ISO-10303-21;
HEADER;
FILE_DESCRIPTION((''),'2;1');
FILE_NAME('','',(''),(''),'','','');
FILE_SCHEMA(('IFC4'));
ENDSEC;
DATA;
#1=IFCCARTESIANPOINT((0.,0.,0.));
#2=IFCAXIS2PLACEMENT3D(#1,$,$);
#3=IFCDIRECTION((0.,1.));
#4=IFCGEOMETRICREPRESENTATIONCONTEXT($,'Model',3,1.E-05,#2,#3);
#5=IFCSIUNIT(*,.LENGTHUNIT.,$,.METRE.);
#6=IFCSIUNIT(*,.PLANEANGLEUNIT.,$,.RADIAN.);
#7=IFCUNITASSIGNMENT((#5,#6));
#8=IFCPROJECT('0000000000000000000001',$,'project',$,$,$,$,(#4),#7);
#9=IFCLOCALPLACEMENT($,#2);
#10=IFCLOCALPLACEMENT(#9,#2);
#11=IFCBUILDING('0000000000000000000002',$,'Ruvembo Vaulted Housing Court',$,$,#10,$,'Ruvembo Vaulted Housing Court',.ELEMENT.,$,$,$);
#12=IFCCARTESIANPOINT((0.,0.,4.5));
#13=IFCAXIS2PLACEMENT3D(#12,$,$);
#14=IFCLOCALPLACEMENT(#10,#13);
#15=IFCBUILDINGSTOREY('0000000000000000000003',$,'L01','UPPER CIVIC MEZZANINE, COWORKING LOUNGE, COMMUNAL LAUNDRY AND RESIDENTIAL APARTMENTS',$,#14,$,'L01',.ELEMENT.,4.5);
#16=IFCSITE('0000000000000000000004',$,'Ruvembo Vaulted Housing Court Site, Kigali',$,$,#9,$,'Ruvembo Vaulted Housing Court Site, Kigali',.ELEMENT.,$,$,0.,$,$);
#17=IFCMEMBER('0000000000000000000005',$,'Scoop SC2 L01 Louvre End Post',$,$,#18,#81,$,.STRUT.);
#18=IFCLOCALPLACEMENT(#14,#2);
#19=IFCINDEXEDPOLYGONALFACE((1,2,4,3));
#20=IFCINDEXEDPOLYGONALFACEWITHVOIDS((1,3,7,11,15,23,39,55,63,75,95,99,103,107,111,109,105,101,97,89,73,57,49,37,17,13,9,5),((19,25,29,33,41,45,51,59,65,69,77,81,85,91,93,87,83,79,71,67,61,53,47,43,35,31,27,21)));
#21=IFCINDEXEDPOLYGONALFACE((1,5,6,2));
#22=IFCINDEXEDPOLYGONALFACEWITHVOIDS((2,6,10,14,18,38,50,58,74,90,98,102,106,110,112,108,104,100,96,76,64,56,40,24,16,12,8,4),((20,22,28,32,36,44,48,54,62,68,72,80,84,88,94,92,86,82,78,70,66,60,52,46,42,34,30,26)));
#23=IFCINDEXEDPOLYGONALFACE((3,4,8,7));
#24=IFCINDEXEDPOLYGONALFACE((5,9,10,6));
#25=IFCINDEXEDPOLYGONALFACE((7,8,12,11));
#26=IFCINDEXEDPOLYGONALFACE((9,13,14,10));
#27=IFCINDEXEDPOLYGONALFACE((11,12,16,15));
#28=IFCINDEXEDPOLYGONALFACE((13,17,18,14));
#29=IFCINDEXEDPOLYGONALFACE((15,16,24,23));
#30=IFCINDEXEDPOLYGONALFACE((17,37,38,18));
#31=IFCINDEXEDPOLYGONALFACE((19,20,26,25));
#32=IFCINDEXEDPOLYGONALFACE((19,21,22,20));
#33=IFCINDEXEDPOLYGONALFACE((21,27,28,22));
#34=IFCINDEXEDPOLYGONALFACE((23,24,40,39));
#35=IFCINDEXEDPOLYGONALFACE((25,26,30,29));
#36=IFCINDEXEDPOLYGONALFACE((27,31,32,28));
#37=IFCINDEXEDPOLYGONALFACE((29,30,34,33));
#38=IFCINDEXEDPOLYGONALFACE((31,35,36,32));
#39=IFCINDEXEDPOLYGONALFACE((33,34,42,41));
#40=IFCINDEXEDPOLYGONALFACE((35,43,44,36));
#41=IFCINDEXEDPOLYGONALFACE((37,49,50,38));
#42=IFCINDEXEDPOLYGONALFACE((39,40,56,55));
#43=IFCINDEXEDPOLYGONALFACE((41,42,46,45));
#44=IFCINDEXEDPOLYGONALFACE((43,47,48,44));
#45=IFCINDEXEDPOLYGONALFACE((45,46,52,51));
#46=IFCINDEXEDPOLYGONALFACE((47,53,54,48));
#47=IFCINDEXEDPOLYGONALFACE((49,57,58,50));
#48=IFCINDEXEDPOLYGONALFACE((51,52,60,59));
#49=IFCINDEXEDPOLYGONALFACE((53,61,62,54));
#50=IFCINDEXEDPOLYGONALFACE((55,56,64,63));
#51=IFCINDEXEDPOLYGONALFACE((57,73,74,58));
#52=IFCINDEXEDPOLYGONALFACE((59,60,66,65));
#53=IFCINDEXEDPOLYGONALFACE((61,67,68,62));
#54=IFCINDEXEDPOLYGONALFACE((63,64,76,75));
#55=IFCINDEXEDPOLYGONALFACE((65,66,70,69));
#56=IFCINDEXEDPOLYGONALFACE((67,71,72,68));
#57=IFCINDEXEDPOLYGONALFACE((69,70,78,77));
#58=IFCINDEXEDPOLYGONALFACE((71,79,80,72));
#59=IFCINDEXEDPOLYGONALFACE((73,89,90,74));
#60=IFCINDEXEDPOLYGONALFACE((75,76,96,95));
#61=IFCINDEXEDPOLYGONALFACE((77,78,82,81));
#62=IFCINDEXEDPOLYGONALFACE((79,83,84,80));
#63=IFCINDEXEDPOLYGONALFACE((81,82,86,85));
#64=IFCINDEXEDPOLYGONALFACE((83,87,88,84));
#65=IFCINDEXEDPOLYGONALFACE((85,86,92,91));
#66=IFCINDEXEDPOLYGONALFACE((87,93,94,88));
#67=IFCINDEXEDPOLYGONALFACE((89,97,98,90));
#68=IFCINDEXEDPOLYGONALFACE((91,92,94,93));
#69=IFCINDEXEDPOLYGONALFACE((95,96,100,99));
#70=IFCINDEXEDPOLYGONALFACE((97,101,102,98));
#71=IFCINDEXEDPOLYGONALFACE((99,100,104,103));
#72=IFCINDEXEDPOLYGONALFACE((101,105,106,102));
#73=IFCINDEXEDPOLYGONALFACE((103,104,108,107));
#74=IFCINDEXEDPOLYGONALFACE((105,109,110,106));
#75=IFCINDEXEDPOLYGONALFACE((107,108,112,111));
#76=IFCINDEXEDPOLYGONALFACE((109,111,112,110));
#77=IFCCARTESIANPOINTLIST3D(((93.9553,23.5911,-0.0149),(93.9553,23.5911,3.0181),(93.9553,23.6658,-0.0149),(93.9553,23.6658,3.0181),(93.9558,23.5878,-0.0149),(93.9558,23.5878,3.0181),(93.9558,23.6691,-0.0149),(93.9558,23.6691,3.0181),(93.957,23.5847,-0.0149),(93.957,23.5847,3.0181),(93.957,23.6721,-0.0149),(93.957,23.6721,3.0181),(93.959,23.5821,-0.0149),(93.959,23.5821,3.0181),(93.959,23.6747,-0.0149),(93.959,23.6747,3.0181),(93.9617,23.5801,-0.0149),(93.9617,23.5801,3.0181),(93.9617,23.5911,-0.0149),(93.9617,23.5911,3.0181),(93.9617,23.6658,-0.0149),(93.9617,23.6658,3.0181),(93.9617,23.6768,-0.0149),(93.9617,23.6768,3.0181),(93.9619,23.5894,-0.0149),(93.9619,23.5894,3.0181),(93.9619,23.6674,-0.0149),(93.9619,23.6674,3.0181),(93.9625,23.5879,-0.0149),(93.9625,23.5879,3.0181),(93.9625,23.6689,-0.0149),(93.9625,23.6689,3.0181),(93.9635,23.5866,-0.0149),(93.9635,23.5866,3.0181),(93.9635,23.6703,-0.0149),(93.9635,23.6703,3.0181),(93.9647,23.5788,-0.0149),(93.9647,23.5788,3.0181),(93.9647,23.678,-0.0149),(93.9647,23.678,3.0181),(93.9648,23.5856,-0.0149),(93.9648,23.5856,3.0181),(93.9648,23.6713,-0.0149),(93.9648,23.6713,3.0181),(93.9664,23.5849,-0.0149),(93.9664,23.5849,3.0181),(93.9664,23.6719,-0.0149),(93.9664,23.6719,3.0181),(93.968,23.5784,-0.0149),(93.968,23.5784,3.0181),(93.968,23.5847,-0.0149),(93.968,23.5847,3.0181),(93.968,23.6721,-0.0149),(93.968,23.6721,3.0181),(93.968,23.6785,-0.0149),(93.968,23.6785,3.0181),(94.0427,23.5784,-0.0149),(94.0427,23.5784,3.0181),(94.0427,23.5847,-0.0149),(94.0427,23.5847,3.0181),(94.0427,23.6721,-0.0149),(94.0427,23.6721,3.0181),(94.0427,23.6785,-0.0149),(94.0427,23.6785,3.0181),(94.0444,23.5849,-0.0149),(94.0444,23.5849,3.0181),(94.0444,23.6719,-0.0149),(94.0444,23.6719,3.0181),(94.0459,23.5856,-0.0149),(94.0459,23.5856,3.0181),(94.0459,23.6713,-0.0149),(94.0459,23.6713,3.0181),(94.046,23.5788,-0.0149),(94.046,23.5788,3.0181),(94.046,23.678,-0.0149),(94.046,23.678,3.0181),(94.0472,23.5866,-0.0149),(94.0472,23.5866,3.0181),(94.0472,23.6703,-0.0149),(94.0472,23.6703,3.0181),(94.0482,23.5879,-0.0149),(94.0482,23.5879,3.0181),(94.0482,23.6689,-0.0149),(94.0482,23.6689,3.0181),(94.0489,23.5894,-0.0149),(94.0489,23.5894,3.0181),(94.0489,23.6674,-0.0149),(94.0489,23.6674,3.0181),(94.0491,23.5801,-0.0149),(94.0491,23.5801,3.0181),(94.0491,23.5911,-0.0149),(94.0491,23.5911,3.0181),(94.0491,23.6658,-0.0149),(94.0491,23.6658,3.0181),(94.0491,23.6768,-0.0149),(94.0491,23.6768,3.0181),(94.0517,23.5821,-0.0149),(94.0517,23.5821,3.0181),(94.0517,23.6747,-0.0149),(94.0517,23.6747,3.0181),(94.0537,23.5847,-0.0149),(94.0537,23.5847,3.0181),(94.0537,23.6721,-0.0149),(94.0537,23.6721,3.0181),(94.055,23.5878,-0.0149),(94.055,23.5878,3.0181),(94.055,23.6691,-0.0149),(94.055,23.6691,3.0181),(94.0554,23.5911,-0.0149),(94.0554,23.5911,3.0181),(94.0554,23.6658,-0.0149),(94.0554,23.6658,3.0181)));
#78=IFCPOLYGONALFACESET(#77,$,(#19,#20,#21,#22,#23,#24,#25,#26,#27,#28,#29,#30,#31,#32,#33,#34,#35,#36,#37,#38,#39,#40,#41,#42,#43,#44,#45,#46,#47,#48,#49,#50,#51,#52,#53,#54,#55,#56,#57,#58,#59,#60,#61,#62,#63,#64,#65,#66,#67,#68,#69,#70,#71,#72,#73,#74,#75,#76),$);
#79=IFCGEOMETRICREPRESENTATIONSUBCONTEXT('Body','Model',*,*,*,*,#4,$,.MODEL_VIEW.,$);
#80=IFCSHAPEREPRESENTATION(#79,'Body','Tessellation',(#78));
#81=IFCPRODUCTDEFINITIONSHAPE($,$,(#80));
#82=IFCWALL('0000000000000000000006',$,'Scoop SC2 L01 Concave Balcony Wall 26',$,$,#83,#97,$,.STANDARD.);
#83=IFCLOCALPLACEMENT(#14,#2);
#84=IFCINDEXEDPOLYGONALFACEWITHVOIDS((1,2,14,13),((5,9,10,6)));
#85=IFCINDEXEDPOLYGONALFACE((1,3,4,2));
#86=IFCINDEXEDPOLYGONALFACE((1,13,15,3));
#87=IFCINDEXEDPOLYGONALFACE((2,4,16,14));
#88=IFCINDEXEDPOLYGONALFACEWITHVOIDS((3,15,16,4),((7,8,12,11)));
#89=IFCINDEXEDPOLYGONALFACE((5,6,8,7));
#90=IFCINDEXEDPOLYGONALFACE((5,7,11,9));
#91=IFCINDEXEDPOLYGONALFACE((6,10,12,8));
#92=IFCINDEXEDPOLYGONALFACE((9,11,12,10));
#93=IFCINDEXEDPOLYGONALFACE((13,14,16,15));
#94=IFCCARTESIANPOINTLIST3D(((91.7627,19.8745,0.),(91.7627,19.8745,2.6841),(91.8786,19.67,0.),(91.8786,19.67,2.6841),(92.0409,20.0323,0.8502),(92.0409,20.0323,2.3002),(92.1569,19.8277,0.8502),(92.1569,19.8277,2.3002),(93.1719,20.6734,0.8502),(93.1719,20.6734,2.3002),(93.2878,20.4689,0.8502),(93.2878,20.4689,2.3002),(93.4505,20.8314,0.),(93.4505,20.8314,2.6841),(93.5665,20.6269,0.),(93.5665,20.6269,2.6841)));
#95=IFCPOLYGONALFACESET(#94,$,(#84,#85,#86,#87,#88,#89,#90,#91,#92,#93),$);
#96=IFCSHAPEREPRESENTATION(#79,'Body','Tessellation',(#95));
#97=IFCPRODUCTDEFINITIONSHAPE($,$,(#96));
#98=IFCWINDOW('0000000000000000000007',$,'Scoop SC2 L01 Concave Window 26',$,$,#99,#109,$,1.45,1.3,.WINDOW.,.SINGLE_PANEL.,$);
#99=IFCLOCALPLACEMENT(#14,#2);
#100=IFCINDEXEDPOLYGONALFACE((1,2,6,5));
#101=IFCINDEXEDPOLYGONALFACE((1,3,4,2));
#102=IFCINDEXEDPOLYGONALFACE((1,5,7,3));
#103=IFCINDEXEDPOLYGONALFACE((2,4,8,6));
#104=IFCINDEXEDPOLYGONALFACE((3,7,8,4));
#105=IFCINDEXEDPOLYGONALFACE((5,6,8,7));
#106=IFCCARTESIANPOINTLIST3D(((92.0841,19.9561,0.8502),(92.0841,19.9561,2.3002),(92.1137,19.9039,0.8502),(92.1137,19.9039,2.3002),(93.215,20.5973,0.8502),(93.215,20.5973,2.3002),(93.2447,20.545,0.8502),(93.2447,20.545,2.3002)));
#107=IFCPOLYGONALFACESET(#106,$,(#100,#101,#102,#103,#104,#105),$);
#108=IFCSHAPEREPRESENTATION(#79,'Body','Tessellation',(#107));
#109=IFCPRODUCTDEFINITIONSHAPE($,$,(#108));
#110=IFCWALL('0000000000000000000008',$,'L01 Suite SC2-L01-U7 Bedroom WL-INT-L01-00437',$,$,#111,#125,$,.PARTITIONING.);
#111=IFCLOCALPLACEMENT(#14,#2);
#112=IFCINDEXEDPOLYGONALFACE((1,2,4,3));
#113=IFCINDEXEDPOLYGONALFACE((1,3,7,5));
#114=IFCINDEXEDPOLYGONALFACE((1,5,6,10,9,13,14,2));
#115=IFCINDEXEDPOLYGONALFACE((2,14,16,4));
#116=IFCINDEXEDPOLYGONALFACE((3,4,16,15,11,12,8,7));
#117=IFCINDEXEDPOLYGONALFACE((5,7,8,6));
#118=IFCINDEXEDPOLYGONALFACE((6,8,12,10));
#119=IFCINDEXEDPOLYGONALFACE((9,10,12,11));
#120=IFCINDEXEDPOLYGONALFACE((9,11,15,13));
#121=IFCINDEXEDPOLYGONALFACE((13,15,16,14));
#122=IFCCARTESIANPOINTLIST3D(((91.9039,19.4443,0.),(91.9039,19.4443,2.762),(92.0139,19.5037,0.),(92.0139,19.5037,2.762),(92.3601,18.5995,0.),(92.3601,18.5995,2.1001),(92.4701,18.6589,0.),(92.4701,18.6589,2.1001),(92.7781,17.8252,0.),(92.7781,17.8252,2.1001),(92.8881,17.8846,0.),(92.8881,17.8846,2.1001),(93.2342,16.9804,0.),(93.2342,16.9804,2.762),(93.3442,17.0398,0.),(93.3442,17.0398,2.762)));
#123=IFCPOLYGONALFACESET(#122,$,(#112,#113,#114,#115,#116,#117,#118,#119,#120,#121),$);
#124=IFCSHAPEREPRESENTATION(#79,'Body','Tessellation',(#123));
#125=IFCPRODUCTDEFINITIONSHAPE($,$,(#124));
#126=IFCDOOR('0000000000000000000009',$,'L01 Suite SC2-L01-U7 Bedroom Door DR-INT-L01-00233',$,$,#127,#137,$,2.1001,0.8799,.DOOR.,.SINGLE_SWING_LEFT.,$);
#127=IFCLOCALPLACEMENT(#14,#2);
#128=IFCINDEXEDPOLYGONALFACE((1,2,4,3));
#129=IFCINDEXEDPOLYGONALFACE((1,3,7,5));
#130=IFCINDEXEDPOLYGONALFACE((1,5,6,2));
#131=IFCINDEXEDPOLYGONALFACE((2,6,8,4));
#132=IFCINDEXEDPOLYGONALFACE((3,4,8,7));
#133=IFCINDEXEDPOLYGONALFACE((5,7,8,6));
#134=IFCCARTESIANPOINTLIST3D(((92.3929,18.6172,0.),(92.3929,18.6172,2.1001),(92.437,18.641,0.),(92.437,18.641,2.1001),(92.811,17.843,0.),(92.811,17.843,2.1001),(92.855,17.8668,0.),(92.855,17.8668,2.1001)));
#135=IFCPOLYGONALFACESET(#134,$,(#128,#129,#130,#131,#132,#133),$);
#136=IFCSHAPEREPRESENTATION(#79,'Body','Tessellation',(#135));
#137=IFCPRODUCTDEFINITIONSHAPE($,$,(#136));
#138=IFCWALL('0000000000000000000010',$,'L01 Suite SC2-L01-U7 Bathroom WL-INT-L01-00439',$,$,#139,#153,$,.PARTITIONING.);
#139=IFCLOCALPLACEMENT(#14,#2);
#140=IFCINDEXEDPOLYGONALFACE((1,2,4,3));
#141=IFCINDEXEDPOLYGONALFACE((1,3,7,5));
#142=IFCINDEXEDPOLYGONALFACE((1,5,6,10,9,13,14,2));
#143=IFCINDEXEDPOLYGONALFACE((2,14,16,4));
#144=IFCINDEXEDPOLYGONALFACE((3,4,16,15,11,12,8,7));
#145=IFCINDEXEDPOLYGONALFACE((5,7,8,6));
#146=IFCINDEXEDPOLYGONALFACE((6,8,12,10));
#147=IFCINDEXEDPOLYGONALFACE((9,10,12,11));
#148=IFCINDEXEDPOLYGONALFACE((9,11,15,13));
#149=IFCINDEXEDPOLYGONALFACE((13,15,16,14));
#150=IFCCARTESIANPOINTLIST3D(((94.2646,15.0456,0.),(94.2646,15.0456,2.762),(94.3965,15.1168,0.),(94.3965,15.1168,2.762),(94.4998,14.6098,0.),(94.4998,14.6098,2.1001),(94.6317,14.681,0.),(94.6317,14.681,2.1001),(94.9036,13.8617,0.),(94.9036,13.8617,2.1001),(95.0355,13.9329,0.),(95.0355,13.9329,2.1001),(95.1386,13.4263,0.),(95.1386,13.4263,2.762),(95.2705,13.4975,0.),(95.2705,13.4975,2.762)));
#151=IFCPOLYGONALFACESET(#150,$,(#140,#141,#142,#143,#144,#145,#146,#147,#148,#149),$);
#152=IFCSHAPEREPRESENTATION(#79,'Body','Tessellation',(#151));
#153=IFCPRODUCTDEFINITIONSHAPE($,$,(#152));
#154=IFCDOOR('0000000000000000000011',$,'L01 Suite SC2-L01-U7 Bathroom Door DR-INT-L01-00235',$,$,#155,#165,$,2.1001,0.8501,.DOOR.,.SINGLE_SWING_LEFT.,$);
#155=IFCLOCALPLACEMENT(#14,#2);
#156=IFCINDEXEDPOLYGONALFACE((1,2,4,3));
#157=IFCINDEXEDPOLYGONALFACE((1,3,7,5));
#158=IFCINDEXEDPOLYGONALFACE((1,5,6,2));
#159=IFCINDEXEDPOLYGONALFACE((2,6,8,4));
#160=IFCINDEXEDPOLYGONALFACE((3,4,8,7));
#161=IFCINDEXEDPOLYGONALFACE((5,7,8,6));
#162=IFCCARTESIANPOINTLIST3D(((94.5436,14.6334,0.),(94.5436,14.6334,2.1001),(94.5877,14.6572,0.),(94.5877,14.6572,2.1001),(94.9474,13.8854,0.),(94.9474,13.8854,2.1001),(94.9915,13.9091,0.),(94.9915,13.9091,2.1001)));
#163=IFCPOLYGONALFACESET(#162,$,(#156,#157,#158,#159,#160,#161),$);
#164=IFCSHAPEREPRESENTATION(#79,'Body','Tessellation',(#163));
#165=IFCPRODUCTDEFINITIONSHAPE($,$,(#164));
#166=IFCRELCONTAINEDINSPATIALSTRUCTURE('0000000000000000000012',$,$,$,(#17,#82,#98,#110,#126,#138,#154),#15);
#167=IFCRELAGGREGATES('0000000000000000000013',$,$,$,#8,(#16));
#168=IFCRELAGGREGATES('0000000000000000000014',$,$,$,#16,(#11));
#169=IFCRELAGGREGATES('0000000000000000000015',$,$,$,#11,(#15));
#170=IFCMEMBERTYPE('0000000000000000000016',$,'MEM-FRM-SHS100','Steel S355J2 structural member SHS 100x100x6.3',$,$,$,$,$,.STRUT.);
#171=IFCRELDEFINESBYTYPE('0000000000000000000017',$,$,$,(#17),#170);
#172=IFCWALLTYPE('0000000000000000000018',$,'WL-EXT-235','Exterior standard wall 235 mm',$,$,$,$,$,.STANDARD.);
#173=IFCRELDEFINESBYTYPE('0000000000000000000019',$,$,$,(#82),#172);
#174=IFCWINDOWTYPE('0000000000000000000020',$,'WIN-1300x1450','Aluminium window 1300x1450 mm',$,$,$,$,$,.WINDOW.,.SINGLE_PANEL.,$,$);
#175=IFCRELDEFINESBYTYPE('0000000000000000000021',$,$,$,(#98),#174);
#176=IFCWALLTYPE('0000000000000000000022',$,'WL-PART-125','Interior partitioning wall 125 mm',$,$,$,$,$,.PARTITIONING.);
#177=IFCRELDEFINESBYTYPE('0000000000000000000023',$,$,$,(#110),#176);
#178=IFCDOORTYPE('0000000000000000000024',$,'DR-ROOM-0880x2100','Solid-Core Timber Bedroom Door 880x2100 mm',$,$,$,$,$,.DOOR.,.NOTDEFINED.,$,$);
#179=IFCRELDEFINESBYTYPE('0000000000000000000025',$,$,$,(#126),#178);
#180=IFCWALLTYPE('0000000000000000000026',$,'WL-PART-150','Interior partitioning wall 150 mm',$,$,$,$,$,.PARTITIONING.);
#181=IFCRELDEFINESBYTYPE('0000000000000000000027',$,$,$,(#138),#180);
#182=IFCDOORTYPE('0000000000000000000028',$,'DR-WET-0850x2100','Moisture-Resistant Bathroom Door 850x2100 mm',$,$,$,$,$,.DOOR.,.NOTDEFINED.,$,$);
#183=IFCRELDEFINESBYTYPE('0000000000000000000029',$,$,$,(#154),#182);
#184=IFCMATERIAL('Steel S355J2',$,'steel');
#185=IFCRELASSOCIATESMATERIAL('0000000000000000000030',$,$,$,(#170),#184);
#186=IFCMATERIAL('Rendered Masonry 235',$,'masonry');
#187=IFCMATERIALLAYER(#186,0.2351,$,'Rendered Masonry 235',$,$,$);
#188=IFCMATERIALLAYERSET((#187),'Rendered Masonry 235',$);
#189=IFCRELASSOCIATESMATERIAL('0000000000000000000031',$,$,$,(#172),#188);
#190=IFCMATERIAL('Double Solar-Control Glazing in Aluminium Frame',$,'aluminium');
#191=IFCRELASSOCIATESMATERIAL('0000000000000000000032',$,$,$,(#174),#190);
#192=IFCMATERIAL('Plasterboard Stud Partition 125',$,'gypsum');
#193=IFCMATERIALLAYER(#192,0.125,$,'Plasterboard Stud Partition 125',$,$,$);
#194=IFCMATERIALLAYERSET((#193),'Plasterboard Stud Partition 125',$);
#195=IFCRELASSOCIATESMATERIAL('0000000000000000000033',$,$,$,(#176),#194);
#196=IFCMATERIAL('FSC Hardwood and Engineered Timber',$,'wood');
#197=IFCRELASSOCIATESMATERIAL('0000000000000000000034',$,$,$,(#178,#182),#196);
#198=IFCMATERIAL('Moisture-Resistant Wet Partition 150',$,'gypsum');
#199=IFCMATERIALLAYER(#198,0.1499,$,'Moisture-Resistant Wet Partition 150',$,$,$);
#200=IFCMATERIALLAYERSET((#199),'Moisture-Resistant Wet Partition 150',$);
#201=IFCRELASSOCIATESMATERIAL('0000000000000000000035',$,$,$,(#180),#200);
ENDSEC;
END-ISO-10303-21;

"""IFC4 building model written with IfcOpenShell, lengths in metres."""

from ifc_helpers import new_model, si_unit, direction, frame, frame_2d, origin, origin_2d, place, context, subcontext, project, spatial, rectangle, hollow_rectangle, extrude, material, layer, layer_set, material_profile, profile_set, type_object, element, fill, save


model = new_model("IFC4")

# Units and contexts
model_context = context("Model", 3, precision=1e-05, world=origin(), true_north=direction((0.0, 1.0)))
body_context = subcontext(model_context, "Body", "Model", "MODEL_VIEW")
ifc_project = project(units=[si_unit("LENGTHUNIT", "METRE"), si_unit("PLANEANGLEUNIT", "RADIAN")], contexts=[model_context])

# Site, building, storey
site_placement = place(None, origin())
site = spatial("IfcSite", under=ifc_project, at=site_placement, Name="Ruvembo Vaulted Housing Court Site, Kigali", LongName="Ruvembo Vaulted Housing Court Site, Kigali", CompositionType="ELEMENT", RefElevation=0.0)
building_placement = place(site_placement, origin())
building = spatial("IfcBuilding", under=site, at=building_placement, Name="Ruvembo Vaulted Housing Court", LongName="Ruvembo Vaulted Housing Court", CompositionType="ELEMENT")
storey_placement = place(building_placement, frame((0.0, 0.0, 4.5)))
storey = spatial("IfcBuildingStorey", under=building, at=storey_placement, Name="L01", Description="UPPER CIVIC MEZZANINE, COWORKING LOUNGE, COMMUNAL LAUNDRY AND RESIDENTIAL APARTMENTS", LongName="L01", CompositionType="ELEMENT", Elevation=4.5)

# Shared definitions
ifc_material_1 = material(Name="Steel S355J2", Category="steel")

# Member
ifc_material_profile_1 = material_profile(ifc_material_1, hollow_rectangle(XDim=0.1001, YDim=0.1001, WallThickness=0.0063, InnerFilletRadius=0.0063, OuterFilletRadius=0.0127, at=origin_2d()), Name="SHS 100x100x6.3")
ifc_profile_set_1 = profile_set([ifc_material_profile_1], Name="Steel S355J2")
member_type_1 = type_object("IfcMemberType", Name="MEM-FRM-SHS100", Description="Steel S355J2 structural member SHS 100x100x6.3", PredefinedType="STRUT", material=ifc_profile_set_1)
for number, where, z_axis, x_axis, name in (
    (1, (94.0054, 23.6284, -0.0149), (0.0, 0.0, 1.0), (1.0, 0.0, 0.0), "Scoop SC2 L01 Louvre End Post"),
):
    element("IfcMember", number, at=place(storey_placement, frame(where, z_axis=z_axis, x_axis=x_axis)), inside=storey, type_object=member_type_1, Name=name, PredefinedType="STRUT", context=body_context, shape_type="SweptSolid", body=[
        extrude(hollow_rectangle(XDim=0.1001, YDim=0.1001, WallThickness=0.0063, InnerFilletRadius=0.0063, OuterFilletRadius=0.0127, at=origin_2d()), origin(), (0.0, 0.0, 1.0), 3.033),
    ])

# Shared definitions
ifc_material_2 = material(Name="FSC Hardwood and Engineered Timber", Category="wood")

# Wall, opening, window
ifc_material_3 = material(Name="Rendered Masonry 235", Category="masonry")
ifc_layer_1 = layer(ifc_material_3, 0.2351, Name="Rendered Masonry 235")
ifc_layer_set_1 = layer_set([ifc_layer_1], Name="Rendered Masonry 235")
wall_type_1 = type_object("IfcWallType", Name="WL-EXT-235", Description="Exterior standard wall 235 mm", PredefinedType="STANDARD", material=ifc_layer_set_1)
wall_1_placement = place(storey_placement, frame((91.8206, 19.7722, 0.0), z_axis=(0.0, 0.0, 1.0), x_axis=(0.869934, 0.493168, 0.0)))
wall_1 = element("IfcWall", 2, at=wall_1_placement, inside=storey, type_object=wall_type_1, Name="Scoop SC2 L01 Concave Balcony Wall 26", PredefinedType="STANDARD", context=body_context, shape_type="SweptSolid", body=[
    extrude(rectangle(XDim=1.9402, YDim=0.2351, at=frame_2d((0.9702, 0.0))), origin(), (0.0, 0.0, 1.0), 2.6841),
])
opening_1_placement = place(wall_1_placement, frame((0.3201, 0.0, 0.8501)))
opening_1 = element("IfcOpeningElement", 3, at=opening_1_placement, cuts=wall_1, PredefinedType="OPENING", context=body_context, shape_type="SweptSolid", body=[
    extrude(rectangle(XDim=1.3, YDim=1.45, at=frame_2d((0.6499, 0.7251))), frame((0.0, 0.1274, 0.0), z_axis=(0.0, -1.0, 0.0), x_axis=(1.0, 0.0, 0.0)), (0.0, 0.0, 1.0), 0.2551),
])
ifc_material_4 = material(Name="Double Solar-Control Glazing in Aluminium Frame", Category="aluminium")
window_type = type_object("IfcWindowType", Name="WIN-1300x1450", Description="Aluminium window 1300x1450 mm", PartitioningType="SINGLE_PANEL", PredefinedType="WINDOW", material=ifc_material_4)
window_placement = place(opening_1_placement, origin())
window = element("IfcWindow", 4, at=window_placement, inside=storey, type_object=window_type, Name="Scoop SC2 L01 Concave Window 26", OverallHeight=1.45, OverallWidth=1.3, PartitioningType="SINGLE_PANEL", PredefinedType="WINDOW", context=body_context, shape_type="SweptSolid", body=[
    extrude(rectangle(XDim=1.3, YDim=1.45, at=frame_2d((0.6499, 0.7251))), frame((0.0, 0.03, 0.0), z_axis=(0.0, -1.0, 0.0), x_axis=(1.0, 0.0, 0.0)), (0.0, 0.0, 1.0), 0.0601),
])
fill(opening_1, window)

# Walls, openings, doors
ifc_material_5 = material(Name="Plasterboard Stud Partition 125", Category="gypsum")
ifc_layer_2 = layer(ifc_material_5, 0.125, Name="Plasterboard Stud Partition 125")
ifc_layer_set_2 = layer_set([ifc_layer_2], Name="Plasterboard Stud Partition 125")
wall_type_2 = type_object("IfcWallType", Name="WL-PART-125", Description="Interior partitioning wall 125 mm", PredefinedType="PARTITIONING", material=ifc_layer_set_2)
wall_2_placement = place(storey_placement, frame((91.959, 19.4739, 0.0), z_axis=(0.0, 0.0, 1.0), x_axis=(0.475103, -0.87993, 0.0)))
wall_2 = element("IfcWall", 5, at=wall_2_placement, inside=storey, type_object=wall_type_2, Name="L01 Suite SC2-L01-U7 Bedroom WL-INT-L01-00437", PredefinedType="PARTITIONING", context=body_context, shape_type="SweptSolid", body=[
    extrude(rectangle(XDim=2.8, YDim=0.125, at=frame_2d((1.3999, 0.0))), origin(), (0.0, 0.0, 1.0), 2.762),
])
opening_2_placement = place(wall_2_placement, frame((0.96, 0.0, 0.0)))
opening_2 = element("IfcOpeningElement", 6, at=opening_2_placement, cuts=wall_2, PredefinedType="OPENING", context=body_context, shape_type="SweptSolid", body=[
    extrude(rectangle(XDim=0.8799, YDim=2.1001, at=frame_2d((0.4399, 1.05))), frame((0.0, 0.0725, 0.0), z_axis=(0.0, -1.0, 0.0), x_axis=(1.0, 0.0, 0.0)), (0.0, 0.0, 1.0), 0.145),
])
door_type_1 = type_object("IfcDoorType", Name="DR-ROOM-0880x2100", Description="Solid-Core Timber Bedroom Door 880x2100 mm", OperationType="NOTDEFINED", PredefinedType="DOOR", material=ifc_material_2)
door_1_placement = place(opening_2_placement, origin())
door_1 = element("IfcDoor", 7, at=door_1_placement, inside=storey, type_object=door_type_1, Name="L01 Suite SC2-L01-U7 Bedroom Door DR-INT-L01-00233", OperationType="SINGLE_SWING_LEFT", OverallHeight=2.1001, OverallWidth=0.8799, PredefinedType="DOOR", context=body_context, shape_type="SweptSolid", body=[
    extrude(rectangle(XDim=0.8799, YDim=2.1001, at=frame_2d((0.4399, 1.05))), frame((0.0, 0.0249, 0.0), z_axis=(0.0, -1.0, 0.0), x_axis=(1.0, 0.0, 0.0)), (0.0, 0.0, 1.0), 0.05),
])
fill(opening_2, door_1)
ifc_material_6 = material(Name="Moisture-Resistant Wet Partition 150", Category="gypsum")
ifc_layer_3 = layer(ifc_material_6, 0.1499, Name="Moisture-Resistant Wet Partition 150")
ifc_layer_set_3 = layer_set([ifc_layer_3], Name="Moisture-Resistant Wet Partition 150")
wall_type_3 = type_object("IfcWallType", Name="WL-PART-150", Description="Interior partitioning wall 150 mm", PredefinedType="PARTITIONING", material=ifc_layer_set_3)
wall_3_placement = place(storey_placement, frame((94.3306, 15.0811, 0.0), z_axis=(0.0, 0.0, 1.0), x_axis=(0.475017, -0.879976, 0.0)))
wall_3 = element("IfcWall", 8, at=wall_3_placement, inside=storey, type_object=wall_type_3, Name="L01 Suite SC2-L01-U7 Bathroom WL-INT-L01-00439", PredefinedType="PARTITIONING", context=body_context, shape_type="SweptSolid", body=[
    extrude(rectangle(XDim=1.8401, YDim=0.1499, at=frame_2d((0.9199, 0.0))), origin(), (0.0, 0.0, 1.0), 2.762),
])
opening_3_placement = place(wall_3_placement, frame((0.4951, 0.0, 0.0)))
opening_3 = element("IfcOpeningElement", 9, at=opening_3_placement, cuts=wall_3, PredefinedType="OPENING", context=body_context, shape_type="SweptSolid", body=[
    extrude(rectangle(XDim=0.8501, YDim=2.1001, at=frame_2d((0.425, 1.05))), frame((0.0, 0.085, 0.0), z_axis=(0.0, -1.0, 0.0), x_axis=(1.0, 0.0, 0.0)), (0.0, 0.0, 1.0), 0.1699),
])
door_type_2 = type_object("IfcDoorType", Name="DR-WET-0850x2100", Description="Moisture-Resistant Bathroom Door 850x2100 mm", OperationType="NOTDEFINED", PredefinedType="DOOR", material=ifc_material_2)
door_2_placement = place(opening_3_placement, origin())
door_2 = element("IfcDoor", 10, at=door_2_placement, inside=storey, type_object=door_type_2, Name="L01 Suite SC2-L01-U7 Bathroom Door DR-INT-L01-00235", OperationType="SINGLE_SWING_LEFT", OverallHeight=2.1001, OverallWidth=0.8501, PredefinedType="DOOR", context=body_context, shape_type="SweptSolid", body=[
    extrude(rectangle(XDim=0.8501, YDim=2.1001, at=frame_2d((0.425, 1.05))), frame((0.0, 0.0249, 0.0), z_axis=(0.0, -1.0, 0.0), x_axis=(1.0, 0.0, 0.0)), (0.0, 0.0, 1.0), 0.05),
])
fill(opening_3, door_2)

save(model, "model.ifc")
